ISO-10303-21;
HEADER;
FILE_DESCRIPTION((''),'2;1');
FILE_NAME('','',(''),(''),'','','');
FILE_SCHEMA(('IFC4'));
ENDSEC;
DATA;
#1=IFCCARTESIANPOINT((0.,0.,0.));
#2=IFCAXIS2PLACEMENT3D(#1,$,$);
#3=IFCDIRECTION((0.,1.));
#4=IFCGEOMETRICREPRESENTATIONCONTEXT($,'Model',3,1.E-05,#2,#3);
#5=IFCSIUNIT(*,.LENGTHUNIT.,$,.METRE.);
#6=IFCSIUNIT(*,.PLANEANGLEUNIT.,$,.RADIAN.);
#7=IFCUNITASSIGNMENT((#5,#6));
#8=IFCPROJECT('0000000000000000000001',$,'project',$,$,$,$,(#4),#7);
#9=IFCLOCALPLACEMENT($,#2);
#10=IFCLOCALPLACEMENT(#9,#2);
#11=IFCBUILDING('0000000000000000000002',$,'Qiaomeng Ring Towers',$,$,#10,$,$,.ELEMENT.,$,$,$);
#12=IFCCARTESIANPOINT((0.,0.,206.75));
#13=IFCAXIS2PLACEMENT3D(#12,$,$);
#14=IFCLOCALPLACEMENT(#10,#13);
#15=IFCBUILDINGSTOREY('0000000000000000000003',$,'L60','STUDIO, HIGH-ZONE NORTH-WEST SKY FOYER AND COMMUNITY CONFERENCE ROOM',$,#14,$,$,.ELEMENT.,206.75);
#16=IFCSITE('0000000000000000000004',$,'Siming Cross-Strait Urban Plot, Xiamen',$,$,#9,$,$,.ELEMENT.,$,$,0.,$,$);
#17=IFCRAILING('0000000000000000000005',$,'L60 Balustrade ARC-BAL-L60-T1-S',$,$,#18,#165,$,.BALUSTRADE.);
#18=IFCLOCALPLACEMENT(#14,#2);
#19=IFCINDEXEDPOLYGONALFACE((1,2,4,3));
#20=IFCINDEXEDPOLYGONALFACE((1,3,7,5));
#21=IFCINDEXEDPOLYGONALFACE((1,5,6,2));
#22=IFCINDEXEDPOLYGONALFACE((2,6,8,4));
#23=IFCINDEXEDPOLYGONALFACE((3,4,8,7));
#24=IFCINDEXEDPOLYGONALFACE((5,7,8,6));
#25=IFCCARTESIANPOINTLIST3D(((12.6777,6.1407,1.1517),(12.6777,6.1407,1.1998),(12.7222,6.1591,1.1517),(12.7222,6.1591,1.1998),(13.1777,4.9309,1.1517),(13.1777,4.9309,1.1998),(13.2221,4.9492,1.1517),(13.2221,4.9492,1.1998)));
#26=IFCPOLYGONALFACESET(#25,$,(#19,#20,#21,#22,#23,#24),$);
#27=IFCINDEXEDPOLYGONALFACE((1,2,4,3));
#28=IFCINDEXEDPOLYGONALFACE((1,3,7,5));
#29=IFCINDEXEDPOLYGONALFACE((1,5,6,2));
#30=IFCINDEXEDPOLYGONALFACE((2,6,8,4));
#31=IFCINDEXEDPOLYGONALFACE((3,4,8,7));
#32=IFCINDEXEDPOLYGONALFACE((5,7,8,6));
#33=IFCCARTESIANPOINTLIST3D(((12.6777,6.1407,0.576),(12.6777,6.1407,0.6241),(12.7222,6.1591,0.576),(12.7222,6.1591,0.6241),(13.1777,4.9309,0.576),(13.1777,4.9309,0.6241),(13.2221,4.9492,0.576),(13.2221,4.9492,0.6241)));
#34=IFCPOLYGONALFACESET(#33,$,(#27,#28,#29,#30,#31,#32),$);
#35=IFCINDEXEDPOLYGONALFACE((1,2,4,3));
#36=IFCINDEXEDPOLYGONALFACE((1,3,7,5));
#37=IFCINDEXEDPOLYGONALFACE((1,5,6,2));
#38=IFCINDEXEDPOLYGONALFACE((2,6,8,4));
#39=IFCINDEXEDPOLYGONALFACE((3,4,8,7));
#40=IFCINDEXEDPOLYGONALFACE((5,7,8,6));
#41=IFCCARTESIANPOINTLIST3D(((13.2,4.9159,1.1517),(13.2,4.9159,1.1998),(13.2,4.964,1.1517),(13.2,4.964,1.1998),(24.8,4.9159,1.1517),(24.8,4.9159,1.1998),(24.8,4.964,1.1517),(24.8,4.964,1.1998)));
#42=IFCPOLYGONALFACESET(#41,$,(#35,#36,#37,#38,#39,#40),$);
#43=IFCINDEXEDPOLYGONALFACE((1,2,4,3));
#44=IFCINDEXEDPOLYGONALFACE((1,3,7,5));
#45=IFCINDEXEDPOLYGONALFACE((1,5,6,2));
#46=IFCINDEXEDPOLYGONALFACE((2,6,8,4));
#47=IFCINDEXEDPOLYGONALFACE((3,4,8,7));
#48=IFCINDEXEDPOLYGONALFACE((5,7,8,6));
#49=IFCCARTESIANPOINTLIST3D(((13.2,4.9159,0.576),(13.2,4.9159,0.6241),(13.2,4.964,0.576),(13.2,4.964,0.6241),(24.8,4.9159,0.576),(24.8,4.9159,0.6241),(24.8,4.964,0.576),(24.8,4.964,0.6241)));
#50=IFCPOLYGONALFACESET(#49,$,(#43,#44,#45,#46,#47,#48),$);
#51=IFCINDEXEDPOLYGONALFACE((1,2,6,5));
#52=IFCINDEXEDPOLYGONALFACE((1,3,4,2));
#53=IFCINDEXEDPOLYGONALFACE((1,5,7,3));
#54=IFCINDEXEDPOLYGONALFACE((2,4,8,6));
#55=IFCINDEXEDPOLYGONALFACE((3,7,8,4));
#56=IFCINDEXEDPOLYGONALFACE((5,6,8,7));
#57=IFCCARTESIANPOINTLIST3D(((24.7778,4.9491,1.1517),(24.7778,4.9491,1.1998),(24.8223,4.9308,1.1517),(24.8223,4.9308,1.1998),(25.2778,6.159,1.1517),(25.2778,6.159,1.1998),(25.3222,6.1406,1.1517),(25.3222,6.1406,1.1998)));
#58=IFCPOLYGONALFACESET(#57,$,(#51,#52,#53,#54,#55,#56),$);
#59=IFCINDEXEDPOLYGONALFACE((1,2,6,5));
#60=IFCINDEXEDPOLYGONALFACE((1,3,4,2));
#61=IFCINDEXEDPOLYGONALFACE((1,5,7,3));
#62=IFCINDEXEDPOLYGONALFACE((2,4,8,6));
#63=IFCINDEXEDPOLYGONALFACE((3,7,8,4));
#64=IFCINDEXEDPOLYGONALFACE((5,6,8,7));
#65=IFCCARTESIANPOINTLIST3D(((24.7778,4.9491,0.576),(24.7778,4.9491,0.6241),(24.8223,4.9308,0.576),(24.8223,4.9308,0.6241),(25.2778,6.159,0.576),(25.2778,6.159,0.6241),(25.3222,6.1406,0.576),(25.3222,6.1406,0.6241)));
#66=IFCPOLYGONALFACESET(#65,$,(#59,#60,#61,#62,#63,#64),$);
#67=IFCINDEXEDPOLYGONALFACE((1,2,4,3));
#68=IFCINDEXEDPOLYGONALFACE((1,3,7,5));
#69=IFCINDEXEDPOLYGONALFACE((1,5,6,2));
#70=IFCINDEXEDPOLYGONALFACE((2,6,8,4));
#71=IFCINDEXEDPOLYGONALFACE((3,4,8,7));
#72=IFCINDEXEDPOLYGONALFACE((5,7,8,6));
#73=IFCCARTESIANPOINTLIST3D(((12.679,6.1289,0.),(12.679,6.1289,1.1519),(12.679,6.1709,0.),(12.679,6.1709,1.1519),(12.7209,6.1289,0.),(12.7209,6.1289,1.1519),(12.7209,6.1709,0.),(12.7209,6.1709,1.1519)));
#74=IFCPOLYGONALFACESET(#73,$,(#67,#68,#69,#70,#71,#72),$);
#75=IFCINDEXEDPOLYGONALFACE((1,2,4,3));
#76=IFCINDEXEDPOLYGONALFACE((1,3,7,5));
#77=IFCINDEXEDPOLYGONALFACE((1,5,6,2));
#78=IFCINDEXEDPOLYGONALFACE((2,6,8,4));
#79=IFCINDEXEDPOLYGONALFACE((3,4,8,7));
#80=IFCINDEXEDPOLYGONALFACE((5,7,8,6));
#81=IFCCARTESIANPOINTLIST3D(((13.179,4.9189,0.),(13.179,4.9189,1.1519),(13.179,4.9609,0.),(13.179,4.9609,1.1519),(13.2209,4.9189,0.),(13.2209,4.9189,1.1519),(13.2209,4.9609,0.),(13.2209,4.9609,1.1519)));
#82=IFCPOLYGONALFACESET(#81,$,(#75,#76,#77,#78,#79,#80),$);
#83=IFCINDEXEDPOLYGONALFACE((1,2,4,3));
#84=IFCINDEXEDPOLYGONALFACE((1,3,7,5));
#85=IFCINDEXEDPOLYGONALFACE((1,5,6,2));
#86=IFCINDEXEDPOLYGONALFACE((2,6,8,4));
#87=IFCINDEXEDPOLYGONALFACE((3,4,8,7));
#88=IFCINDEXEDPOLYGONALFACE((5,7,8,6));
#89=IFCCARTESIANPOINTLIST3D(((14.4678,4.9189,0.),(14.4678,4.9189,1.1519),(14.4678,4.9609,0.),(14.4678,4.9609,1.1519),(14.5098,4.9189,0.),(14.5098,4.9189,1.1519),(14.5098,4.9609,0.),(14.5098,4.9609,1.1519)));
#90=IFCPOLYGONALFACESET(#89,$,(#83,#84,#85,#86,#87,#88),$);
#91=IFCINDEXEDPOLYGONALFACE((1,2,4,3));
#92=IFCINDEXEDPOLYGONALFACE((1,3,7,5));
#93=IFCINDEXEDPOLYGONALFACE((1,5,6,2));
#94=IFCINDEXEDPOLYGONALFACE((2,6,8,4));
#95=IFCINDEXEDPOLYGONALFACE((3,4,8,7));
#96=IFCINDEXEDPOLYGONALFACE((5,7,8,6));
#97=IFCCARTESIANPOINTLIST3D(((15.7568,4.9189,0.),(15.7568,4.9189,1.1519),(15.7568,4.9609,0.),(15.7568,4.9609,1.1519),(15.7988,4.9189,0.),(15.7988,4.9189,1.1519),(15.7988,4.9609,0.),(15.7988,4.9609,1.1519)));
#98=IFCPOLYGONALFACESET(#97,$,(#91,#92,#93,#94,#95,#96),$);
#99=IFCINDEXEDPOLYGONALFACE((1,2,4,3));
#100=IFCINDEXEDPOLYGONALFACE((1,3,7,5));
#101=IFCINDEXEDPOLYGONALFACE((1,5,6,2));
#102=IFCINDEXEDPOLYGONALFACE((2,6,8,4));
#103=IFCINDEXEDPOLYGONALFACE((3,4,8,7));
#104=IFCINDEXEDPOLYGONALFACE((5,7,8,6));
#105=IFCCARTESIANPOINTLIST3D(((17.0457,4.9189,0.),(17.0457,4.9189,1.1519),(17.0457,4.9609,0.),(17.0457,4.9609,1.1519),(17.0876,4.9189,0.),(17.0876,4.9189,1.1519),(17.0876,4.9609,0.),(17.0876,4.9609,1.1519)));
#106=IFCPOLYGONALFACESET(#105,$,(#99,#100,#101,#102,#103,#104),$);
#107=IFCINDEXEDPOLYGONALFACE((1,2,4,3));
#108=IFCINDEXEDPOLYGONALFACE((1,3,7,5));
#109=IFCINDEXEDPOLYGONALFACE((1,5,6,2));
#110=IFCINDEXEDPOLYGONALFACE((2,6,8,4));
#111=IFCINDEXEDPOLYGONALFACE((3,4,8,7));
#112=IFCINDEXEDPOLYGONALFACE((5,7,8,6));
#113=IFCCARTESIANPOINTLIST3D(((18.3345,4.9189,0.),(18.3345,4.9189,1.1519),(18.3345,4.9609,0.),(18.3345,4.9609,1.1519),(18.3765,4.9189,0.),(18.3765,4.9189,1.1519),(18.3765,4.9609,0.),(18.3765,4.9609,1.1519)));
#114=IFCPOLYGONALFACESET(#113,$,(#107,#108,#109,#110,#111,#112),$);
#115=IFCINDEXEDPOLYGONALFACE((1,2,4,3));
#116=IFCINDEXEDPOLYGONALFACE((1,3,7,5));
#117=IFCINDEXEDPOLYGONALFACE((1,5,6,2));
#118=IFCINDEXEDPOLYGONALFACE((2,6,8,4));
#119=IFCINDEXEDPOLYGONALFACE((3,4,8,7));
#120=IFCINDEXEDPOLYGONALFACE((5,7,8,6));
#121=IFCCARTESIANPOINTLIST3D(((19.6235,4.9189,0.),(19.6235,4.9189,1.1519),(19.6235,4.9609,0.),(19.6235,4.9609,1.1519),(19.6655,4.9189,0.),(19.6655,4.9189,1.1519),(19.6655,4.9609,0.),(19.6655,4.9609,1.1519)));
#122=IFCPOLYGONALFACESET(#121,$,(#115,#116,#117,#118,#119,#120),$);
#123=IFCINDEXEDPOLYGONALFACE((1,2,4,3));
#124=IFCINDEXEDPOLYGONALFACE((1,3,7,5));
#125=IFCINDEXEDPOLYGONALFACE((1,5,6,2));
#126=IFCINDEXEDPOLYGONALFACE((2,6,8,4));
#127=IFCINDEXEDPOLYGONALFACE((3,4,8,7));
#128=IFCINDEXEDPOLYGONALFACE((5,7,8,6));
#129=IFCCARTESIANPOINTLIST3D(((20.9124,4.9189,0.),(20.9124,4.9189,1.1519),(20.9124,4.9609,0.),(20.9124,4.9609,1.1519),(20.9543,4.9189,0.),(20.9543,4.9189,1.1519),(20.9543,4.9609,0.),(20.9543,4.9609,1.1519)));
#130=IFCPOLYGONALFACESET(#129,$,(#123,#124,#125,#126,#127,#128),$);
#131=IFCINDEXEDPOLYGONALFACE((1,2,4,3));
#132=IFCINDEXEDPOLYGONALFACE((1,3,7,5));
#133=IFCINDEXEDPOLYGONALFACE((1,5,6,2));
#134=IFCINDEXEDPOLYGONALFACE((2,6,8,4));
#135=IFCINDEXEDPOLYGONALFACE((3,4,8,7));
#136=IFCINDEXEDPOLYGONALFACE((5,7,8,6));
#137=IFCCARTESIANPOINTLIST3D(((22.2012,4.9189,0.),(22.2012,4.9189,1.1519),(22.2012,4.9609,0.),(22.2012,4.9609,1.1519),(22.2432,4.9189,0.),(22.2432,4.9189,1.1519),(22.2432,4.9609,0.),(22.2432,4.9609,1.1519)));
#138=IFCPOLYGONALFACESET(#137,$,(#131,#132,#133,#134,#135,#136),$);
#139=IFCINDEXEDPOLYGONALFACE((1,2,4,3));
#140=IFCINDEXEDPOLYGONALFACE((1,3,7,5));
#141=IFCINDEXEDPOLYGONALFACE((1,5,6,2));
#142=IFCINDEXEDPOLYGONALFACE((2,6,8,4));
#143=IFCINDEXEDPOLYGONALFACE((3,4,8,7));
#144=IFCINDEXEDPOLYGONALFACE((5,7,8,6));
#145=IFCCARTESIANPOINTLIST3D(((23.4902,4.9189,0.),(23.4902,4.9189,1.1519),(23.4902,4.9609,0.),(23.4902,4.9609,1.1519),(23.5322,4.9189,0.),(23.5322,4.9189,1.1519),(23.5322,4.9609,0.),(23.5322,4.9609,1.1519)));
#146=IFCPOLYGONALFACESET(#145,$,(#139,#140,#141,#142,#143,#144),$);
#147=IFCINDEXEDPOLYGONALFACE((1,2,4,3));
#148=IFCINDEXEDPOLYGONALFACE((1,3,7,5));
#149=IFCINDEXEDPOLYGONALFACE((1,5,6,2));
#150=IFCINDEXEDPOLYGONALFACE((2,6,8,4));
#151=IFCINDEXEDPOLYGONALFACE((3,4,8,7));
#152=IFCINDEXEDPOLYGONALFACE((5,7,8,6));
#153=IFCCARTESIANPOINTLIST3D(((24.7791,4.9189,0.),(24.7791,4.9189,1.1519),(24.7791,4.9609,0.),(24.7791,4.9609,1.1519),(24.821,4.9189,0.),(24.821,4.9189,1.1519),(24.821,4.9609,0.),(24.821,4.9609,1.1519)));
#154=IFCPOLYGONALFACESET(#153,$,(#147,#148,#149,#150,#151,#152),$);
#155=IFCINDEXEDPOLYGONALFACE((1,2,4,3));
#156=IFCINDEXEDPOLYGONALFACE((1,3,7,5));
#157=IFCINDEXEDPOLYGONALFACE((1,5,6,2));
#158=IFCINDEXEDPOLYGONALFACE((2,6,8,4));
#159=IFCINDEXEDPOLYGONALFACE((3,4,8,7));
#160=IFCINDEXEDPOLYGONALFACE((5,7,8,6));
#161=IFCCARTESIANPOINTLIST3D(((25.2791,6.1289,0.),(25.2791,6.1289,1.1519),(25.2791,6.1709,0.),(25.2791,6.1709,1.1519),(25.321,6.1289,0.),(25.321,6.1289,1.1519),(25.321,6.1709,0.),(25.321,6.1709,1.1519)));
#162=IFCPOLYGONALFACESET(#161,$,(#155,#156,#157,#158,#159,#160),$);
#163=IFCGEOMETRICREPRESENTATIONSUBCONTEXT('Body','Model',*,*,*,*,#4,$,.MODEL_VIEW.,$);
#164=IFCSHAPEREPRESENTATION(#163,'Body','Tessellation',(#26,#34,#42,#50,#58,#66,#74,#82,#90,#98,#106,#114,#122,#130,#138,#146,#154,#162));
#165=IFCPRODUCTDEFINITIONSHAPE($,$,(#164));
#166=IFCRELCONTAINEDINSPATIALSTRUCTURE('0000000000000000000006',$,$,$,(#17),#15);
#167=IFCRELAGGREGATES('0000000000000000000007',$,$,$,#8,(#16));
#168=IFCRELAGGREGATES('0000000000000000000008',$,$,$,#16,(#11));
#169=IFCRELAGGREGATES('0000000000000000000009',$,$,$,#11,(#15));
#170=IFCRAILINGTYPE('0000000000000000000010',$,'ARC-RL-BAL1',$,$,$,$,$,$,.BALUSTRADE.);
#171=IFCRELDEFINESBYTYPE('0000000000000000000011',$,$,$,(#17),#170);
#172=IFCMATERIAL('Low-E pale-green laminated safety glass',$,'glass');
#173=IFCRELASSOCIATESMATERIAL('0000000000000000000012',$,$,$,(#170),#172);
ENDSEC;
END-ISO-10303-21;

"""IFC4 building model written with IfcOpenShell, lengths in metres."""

from ifc_helpers import new_model, si_unit, direction, frame, origin, origin_2d, place, context, subcontext, project, spatial, rectangle, extrude, material, type_object, element, save


model = new_model("IFC4")

# Units and contexts
model_context = context("Model", 3, precision=1e-05, world=origin(), true_north=direction((0.0, 1.0)))
body_context = subcontext(model_context, "Body", "Model", "MODEL_VIEW")
ifc_project = project(units=[si_unit("LENGTHUNIT", "METRE"), si_unit("PLANEANGLEUNIT", "RADIAN")], contexts=[model_context])

# Site, building, storey
site_placement = place(None, origin())
site = spatial("IfcSite", under=ifc_project, at=site_placement, Name="Siming Cross-Strait Urban Plot, Xiamen", CompositionType="ELEMENT", RefElevation=0.0)
building_placement = place(site_placement, origin())
building = spatial("IfcBuilding", under=site, at=building_placement, Name="Qiaomeng Ring Towers", CompositionType="ELEMENT")
storey_placement = place(building_placement, frame((0.0, 0.0, 206.75)))
storey = spatial("IfcBuildingStorey", under=building, at=storey_placement, Name="L60", Description="STUDIO, HIGH-ZONE NORTH-WEST SKY FOYER AND COMMUNITY CONFERENCE ROOM", CompositionType="ELEMENT", Elevation=206.75)

# Railing
ifc_material_1 = material(Name="Low-E pale-green laminated safety glass", Category="glass")
railing_type = type_object("IfcRailingType", Name="ARC-RL-BAL1", PredefinedType="BALUSTRADE", material=ifc_material_1)
railing_placement = place(storey_placement, frame((12.7, 6.1499, 0.0)))
element("IfcRailing", 1, at=railing_placement, inside=storey, type_object=railing_type, Name="L60 Balustrade ARC-BAL-L60-T1-S", PredefinedType="BALUSTRADE", context=body_context, shape_type="SweptSolid", body=[
    extrude(rectangle(XDim=0.0481, YDim=0.0481, at=origin_2d()), frame((0.0, 0.0, 1.1758), z_axis=(0.381913, -0.924198, 0.0), x_axis=(0.924198, 0.381913, 0.0)), (0.0, 0.0, 1.0), 1.3091),
    extrude(rectangle(XDim=0.0481, YDim=0.0481, at=origin_2d()), frame((0.0, 0.0, 0.6001), z_axis=(0.381913, -0.924198, 0.0), x_axis=(0.924198, 0.381913, 0.0)), (0.0, 0.0, 1.0), 1.3091),
    extrude(rectangle(XDim=0.0481, YDim=0.0481, at=origin_2d()), frame((0.5, -1.21, 1.1758), z_axis=(1.0, 0.0, 0.0), x_axis=(0.0, 1.0, 0.0)), (0.0, 0.0, 1.0), 11.6001),
    extrude(rectangle(XDim=0.0481, YDim=0.0481, at=origin_2d()), frame((0.5, -1.21, 0.6001), z_axis=(1.0, 0.0, 0.0), x_axis=(0.0, 1.0, 0.0)), (0.0, 0.0, 1.0), 11.6001),
    extrude(rectangle(XDim=0.0481, YDim=0.0481, at=origin_2d()), frame((12.1001, -1.21, 1.1758), z_axis=(0.381913, 0.924198, 0.0), x_axis=(-0.924198, 0.381913, 0.0)), (0.0, 0.0, 1.0), 1.3091),
    extrude(rectangle(XDim=0.0481, YDim=0.0481, at=origin_2d()), frame((12.1001, -1.21, 0.6001), z_axis=(0.381913, 0.924198, 0.0), x_axis=(-0.924198, 0.381913, 0.0)), (0.0, 0.0, 1.0), 1.3091),
    extrude(rectangle(XDim=0.042, YDim=0.042, at=origin_2d()), origin(), (0.0, 0.0, 1.0), 1.1519),
    extrude(rectangle(XDim=0.042, YDim=0.042, at=origin_2d()), frame((0.5, -1.21, 0.0)), (0.0, 0.0, 1.0), 1.1519),
    extrude(rectangle(XDim=0.042, YDim=0.042, at=origin_2d()), frame((1.7888, -1.21, 0.0)), (0.0, 0.0, 1.0), 1.1519),
    extrude(rectangle(XDim=0.042, YDim=0.042, at=origin_2d()), frame((3.0779, -1.21, 0.0)), (0.0, 0.0, 1.0), 1.1519),
    extrude(rectangle(XDim=0.042, YDim=0.042, at=origin_2d()), frame((4.3667, -1.21, 0.0)), (0.0, 0.0, 1.0), 1.1519),
    extrude(rectangle(XDim=0.042, YDim=0.042, at=origin_2d()), frame((5.6555, -1.21, 0.0)), (0.0, 0.0, 1.0), 1.1519),
    extrude(rectangle(XDim=0.042, YDim=0.042, at=origin_2d()), frame((6.9446, -1.21, 0.0)), (0.0, 0.0, 1.0), 1.1519),
    extrude(rectangle(XDim=0.042, YDim=0.042, at=origin_2d()), frame((8.2334, -1.21, 0.0)), (0.0, 0.0, 1.0), 1.1519),
    extrude(rectangle(XDim=0.042, YDim=0.042, at=origin_2d()), frame((9.5222, -1.21, 0.0)), (0.0, 0.0, 1.0), 1.1519),
    extrude(rectangle(XDim=0.042, YDim=0.042, at=origin_2d()), frame((10.8113, -1.21, 0.0)), (0.0, 0.0, 1.0), 1.1519),
    extrude(rectangle(XDim=0.042, YDim=0.042, at=origin_2d()), frame((12.1001, -1.21, 0.0)), (0.0, 0.0, 1.0), 1.1519),
    extrude(rectangle(XDim=0.042, YDim=0.042, at=origin_2d()), frame((12.6001, 0.0, 0.0)), (0.0, 0.0, 1.0), 1.1519),
])

save(model, "model.ifc")
